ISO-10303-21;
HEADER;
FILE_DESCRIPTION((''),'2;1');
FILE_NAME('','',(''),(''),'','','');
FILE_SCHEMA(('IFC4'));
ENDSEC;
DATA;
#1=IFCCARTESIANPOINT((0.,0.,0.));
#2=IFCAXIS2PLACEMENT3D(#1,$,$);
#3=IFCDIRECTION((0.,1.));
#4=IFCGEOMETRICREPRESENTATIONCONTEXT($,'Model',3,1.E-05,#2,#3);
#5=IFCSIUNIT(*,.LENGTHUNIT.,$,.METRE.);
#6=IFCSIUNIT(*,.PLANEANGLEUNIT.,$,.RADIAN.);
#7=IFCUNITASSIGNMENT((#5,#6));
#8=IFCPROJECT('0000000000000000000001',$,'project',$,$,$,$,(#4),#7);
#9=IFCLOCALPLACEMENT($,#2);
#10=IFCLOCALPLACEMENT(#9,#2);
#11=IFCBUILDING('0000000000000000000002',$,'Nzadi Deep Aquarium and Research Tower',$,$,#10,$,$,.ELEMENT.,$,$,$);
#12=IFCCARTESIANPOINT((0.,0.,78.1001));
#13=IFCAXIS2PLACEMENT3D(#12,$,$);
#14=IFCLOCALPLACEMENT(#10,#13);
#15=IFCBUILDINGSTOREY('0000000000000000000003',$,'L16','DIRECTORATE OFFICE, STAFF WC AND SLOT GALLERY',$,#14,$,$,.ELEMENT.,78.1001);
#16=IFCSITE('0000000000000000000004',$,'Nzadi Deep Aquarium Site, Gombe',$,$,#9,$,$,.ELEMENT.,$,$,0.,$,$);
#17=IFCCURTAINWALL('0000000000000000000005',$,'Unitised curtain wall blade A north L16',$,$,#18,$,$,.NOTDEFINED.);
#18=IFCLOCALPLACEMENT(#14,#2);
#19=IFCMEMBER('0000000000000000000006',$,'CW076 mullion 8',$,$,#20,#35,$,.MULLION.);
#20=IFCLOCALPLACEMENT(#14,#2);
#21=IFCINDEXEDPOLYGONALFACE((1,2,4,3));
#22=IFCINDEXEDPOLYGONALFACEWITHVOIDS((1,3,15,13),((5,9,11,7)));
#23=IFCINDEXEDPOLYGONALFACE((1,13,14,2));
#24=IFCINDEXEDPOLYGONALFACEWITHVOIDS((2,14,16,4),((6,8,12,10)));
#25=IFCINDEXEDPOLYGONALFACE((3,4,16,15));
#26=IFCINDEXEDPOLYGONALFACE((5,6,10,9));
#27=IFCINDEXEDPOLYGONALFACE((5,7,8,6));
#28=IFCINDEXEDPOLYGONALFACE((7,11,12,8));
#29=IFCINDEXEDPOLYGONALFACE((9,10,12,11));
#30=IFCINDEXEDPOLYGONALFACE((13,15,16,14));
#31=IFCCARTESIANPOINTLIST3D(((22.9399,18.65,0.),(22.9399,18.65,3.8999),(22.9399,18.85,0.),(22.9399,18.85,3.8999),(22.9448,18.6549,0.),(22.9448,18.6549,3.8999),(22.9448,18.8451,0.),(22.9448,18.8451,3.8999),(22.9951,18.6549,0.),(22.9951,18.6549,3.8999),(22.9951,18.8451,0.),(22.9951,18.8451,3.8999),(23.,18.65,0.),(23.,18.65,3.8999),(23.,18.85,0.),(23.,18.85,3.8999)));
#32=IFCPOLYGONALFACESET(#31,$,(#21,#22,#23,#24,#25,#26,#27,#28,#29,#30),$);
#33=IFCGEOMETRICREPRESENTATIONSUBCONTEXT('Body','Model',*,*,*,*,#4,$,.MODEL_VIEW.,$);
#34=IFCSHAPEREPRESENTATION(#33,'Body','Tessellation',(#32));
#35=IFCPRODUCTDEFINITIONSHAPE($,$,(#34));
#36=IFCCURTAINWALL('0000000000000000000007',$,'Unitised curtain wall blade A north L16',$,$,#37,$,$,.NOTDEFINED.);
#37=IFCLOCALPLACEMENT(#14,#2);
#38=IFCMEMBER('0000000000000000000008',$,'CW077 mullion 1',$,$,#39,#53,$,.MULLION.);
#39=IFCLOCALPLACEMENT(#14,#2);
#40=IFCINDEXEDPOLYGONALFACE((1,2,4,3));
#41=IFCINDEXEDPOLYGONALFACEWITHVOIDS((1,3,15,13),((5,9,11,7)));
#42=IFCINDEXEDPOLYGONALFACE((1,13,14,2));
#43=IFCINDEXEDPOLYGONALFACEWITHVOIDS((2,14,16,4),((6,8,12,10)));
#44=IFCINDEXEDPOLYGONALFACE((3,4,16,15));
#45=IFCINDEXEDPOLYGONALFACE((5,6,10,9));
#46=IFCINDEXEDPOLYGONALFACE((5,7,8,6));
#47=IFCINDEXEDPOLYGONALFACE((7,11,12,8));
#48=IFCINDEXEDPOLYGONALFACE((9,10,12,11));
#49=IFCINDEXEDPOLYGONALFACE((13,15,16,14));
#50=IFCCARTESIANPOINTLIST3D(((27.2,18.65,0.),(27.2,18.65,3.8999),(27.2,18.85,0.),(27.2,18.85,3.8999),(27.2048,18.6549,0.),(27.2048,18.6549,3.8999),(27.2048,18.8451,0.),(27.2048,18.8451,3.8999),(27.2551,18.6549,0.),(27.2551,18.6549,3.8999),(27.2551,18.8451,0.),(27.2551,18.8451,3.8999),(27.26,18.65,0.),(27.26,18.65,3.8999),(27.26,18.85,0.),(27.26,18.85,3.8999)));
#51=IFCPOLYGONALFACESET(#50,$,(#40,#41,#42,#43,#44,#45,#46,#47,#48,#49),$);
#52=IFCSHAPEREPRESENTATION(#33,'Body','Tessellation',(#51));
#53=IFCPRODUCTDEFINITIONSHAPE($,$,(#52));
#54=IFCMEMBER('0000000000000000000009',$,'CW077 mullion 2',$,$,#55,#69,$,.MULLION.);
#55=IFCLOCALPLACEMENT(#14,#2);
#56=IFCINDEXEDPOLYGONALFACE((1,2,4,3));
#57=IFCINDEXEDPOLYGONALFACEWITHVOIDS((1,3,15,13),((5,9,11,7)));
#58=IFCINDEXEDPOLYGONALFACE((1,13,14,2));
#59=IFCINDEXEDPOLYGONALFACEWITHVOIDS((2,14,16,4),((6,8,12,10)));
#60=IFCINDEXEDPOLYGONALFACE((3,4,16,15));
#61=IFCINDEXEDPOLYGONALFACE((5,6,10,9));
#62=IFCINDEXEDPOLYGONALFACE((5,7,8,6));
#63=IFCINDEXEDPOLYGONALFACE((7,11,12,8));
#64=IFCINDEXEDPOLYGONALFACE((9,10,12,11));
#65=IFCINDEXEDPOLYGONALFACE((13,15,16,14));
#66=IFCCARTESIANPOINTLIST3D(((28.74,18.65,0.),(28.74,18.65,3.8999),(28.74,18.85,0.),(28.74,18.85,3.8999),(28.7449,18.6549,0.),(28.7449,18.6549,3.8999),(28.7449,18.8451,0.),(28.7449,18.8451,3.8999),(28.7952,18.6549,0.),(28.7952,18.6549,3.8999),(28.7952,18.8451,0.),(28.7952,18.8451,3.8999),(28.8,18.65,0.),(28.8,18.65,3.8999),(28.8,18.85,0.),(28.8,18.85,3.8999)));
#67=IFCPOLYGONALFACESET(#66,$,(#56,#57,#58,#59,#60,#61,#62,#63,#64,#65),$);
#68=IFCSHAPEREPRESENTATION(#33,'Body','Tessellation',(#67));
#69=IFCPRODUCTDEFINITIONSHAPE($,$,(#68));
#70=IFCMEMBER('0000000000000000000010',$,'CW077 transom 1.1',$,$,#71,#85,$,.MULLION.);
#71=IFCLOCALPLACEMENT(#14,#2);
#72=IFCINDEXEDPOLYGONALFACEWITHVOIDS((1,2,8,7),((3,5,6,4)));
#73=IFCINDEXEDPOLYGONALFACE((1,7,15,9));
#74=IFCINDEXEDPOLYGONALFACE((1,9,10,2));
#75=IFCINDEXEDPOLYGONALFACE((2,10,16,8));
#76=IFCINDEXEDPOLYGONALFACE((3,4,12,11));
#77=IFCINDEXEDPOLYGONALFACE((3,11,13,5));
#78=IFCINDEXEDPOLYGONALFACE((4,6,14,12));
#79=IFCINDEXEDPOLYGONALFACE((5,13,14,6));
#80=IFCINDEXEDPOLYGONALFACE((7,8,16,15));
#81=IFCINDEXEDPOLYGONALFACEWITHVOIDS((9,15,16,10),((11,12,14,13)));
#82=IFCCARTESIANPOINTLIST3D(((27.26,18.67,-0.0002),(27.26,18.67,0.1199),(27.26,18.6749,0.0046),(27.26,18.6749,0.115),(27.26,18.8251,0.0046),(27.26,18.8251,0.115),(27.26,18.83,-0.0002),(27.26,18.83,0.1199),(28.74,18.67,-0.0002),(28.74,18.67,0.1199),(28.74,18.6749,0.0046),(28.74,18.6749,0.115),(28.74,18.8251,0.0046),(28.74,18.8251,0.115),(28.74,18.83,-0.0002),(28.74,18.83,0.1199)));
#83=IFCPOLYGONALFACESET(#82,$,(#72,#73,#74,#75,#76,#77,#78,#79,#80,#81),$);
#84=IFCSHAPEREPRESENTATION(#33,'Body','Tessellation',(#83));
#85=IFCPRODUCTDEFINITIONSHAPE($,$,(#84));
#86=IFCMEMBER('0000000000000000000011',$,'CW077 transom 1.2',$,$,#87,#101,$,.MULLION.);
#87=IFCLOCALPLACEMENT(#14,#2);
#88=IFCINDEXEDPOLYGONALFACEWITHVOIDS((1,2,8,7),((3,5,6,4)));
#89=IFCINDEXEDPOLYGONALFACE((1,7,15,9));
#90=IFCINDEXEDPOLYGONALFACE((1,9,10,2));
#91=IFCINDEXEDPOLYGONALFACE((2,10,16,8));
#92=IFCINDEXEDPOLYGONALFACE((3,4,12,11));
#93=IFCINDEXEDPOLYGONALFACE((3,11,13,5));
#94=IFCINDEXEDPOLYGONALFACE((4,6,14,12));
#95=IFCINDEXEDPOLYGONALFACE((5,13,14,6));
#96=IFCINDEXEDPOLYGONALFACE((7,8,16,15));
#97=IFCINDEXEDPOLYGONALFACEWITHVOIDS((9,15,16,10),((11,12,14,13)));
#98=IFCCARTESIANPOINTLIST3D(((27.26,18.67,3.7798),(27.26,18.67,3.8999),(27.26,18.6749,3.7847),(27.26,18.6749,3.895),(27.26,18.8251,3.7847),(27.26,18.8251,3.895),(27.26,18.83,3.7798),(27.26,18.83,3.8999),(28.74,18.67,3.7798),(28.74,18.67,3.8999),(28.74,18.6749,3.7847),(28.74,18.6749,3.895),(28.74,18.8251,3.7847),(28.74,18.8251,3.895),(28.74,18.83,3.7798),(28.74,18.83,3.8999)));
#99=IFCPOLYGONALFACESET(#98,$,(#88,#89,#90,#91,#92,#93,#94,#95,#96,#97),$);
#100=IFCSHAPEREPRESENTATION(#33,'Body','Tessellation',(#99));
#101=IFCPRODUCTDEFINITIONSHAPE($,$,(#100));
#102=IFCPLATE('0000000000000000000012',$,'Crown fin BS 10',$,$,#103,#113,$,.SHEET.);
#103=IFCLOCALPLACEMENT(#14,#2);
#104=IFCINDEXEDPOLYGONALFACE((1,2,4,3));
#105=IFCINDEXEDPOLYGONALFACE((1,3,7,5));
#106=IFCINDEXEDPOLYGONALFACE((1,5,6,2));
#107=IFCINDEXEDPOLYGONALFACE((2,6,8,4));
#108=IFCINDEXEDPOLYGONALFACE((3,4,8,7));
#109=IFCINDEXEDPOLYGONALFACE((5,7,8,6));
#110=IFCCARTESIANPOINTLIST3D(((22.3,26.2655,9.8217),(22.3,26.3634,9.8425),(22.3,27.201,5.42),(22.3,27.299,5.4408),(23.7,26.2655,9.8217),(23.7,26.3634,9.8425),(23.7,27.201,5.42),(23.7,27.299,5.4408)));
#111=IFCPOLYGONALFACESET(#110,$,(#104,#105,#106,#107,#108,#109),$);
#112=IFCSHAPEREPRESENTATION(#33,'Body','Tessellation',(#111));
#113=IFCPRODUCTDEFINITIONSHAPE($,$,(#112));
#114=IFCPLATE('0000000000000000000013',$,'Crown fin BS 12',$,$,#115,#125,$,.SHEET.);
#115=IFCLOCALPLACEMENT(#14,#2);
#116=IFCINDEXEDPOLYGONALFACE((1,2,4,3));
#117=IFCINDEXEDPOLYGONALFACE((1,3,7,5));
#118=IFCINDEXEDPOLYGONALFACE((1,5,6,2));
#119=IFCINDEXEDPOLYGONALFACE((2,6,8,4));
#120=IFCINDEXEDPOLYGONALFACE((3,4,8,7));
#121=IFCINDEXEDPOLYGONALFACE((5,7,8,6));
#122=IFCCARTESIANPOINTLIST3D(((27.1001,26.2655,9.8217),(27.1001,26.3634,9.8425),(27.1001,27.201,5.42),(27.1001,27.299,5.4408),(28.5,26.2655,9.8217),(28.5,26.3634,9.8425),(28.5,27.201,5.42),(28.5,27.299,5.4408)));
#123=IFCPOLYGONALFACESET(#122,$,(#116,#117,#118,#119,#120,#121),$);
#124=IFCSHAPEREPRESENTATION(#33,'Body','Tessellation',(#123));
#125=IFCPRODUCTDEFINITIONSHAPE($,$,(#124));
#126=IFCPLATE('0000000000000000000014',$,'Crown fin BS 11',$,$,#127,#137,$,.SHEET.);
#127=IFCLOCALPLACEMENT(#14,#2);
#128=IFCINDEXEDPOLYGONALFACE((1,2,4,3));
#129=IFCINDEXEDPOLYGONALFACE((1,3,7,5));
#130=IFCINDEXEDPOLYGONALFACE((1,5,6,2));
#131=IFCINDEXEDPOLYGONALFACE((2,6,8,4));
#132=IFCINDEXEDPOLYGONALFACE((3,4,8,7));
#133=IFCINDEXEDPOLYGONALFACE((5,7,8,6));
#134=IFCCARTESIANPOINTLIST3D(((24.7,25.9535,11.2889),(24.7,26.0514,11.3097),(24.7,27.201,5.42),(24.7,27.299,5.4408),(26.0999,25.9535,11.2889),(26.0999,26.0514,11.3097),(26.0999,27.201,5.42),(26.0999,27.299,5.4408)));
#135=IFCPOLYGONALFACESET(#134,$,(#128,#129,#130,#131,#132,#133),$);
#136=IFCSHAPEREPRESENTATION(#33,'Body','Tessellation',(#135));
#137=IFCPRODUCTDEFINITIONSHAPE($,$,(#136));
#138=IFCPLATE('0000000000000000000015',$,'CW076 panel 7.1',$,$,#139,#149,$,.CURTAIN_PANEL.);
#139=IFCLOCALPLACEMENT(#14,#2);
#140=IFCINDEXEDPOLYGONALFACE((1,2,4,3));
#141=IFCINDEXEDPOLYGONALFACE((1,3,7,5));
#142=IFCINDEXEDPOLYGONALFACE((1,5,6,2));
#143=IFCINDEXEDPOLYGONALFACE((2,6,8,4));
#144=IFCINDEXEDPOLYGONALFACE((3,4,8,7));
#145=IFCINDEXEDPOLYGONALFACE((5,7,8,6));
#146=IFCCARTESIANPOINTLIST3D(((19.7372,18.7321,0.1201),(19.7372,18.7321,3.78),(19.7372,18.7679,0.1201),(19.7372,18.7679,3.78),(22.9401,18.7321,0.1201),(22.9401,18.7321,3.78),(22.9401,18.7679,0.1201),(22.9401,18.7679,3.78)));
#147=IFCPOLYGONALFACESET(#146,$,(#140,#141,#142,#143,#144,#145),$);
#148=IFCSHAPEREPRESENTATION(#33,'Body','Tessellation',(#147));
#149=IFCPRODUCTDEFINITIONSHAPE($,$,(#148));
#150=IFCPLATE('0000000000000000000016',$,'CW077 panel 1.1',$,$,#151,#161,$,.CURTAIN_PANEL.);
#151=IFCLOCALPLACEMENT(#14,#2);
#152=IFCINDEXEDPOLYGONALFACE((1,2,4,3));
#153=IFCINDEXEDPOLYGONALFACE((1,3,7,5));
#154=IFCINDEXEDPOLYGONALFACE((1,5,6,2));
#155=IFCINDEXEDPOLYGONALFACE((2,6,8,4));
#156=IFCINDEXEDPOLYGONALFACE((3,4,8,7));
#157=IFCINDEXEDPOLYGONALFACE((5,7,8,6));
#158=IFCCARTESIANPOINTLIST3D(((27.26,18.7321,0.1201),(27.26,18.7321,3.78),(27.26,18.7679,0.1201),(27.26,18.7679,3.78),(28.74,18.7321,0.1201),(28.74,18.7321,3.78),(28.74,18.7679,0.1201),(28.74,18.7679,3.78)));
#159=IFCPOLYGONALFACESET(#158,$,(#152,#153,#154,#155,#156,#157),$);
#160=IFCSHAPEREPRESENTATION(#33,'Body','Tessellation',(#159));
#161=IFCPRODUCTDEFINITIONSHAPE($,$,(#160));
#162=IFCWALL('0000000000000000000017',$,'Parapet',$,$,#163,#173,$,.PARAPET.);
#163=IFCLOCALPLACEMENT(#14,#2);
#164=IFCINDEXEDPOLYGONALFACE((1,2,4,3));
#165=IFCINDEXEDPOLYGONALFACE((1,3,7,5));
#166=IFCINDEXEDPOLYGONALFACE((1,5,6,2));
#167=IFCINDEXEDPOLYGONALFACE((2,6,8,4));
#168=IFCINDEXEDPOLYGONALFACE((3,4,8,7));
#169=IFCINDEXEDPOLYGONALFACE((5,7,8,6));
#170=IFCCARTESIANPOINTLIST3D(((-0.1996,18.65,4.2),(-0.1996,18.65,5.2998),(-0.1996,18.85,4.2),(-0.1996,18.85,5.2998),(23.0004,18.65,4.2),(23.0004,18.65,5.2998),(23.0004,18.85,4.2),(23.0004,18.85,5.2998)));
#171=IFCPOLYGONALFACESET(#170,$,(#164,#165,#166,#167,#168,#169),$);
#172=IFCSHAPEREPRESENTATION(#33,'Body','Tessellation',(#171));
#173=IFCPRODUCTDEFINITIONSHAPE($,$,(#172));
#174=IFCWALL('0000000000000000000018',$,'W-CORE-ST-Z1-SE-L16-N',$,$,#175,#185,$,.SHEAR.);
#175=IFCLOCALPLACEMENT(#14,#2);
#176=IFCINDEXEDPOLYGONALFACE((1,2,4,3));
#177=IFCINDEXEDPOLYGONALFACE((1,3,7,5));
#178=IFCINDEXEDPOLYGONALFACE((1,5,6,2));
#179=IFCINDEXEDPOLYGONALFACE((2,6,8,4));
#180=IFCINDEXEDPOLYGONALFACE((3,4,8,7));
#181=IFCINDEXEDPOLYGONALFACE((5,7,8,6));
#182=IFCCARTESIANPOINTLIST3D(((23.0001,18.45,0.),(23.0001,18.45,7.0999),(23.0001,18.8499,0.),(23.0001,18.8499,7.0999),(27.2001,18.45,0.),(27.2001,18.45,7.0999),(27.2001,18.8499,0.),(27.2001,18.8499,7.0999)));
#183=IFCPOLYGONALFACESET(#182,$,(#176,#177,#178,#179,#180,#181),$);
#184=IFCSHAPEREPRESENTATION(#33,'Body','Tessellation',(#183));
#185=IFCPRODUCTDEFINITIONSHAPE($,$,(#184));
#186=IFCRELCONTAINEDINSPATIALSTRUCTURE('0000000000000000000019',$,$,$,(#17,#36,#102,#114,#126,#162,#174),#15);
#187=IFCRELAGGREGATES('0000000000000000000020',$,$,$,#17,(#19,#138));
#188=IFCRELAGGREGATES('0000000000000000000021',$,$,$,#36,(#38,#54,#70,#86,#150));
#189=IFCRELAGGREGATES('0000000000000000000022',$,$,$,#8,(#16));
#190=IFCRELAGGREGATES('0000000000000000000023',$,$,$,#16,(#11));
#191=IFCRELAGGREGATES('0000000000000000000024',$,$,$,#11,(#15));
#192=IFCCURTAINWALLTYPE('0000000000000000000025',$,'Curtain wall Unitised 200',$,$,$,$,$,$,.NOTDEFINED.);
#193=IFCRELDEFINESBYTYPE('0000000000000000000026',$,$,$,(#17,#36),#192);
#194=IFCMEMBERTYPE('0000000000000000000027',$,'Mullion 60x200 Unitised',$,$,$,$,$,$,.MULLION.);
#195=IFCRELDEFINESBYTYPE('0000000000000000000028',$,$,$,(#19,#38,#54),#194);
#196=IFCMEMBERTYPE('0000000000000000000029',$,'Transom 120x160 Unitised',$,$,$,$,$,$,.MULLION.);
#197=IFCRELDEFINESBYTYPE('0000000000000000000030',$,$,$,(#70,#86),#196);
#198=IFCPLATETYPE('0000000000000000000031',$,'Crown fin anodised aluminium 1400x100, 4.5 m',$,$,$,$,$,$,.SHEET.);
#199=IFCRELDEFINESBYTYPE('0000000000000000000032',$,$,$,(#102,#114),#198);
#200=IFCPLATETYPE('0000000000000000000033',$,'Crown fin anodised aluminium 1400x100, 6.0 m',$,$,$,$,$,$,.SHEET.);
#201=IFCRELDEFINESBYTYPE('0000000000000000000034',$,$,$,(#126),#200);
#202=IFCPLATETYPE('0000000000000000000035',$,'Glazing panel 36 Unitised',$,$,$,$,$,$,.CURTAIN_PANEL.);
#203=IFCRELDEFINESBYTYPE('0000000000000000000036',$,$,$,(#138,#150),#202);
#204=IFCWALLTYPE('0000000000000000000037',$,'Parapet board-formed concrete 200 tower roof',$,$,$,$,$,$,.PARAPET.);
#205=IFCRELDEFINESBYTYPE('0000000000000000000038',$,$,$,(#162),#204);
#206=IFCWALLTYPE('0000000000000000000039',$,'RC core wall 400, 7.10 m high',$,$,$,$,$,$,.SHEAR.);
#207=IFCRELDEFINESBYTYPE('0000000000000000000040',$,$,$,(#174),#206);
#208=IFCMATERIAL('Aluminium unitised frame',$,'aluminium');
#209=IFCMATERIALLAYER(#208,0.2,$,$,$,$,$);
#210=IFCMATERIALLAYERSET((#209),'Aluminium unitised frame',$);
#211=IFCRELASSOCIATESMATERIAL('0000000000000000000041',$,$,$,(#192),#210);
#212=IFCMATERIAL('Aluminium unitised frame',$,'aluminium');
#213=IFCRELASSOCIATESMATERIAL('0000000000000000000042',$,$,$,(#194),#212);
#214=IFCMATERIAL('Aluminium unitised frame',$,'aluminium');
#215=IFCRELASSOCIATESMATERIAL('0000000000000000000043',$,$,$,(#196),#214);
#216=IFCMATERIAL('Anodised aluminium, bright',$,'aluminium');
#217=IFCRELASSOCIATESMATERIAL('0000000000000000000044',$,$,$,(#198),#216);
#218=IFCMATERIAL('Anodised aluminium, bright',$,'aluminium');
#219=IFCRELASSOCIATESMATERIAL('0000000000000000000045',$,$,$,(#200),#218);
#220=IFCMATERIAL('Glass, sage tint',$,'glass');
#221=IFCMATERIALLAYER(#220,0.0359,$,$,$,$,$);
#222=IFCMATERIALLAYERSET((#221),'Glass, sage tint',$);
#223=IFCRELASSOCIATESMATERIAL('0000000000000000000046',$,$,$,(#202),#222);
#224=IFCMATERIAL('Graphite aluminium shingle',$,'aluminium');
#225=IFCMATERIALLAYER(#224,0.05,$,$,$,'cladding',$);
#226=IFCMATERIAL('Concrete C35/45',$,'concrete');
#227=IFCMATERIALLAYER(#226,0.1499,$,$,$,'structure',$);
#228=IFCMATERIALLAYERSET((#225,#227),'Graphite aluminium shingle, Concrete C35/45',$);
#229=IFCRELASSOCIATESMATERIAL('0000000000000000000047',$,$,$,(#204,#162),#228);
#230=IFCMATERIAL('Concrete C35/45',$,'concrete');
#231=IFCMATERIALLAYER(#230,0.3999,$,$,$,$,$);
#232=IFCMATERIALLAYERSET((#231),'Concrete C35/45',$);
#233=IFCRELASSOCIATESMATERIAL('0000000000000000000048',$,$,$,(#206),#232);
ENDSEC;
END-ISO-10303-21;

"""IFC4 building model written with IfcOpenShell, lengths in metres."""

from ifc_helpers import new_model, si_unit, direction, frame, frame_2d, origin, origin_2d, place, context, subcontext, project, spatial, rectangle, hollow_rectangle, extrude, material, layer, layer_set, layer_usage, material_profile, profile_set, type_object, element, aggregate, save


model = new_model("IFC4")

# Units and contexts
model_context = context("Model", 3, precision=1e-05, world=origin(), true_north=direction((0.0, 1.0)))
body_context = subcontext(model_context, "Body", "Model", "MODEL_VIEW")
ifc_project = project(units=[si_unit("LENGTHUNIT", "METRE"), si_unit("PLANEANGLEUNIT", "RADIAN")], contexts=[model_context])

# Site, building, storey
site_placement = place(None, origin())
site = spatial("IfcSite", under=ifc_project, at=site_placement, Name="Nzadi Deep Aquarium Site, Gombe", CompositionType="ELEMENT", RefElevation=0.0)
building_placement = place(site_placement, origin())
building = spatial("IfcBuilding", under=site, at=building_placement, Name="Nzadi Deep Aquarium and Research Tower", CompositionType="ELEMENT")
storey_placement = place(building_placement, frame((0.0, 0.0, 78.1001)))
storey = spatial("IfcBuildingStorey", under=building, at=storey_placement, Name="L16", Description="DIRECTORATE OFFICE, STAFF WC AND SLOT GALLERY", CompositionType="ELEMENT", Elevation=78.1001)

# Curtain wall, member
ifc_material_1 = material(Name="Aluminium unitised frame", Category="aluminium")
ifc_layer_1 = layer(ifc_material_1, 0.2)
ifc_layer_set_1 = layer_set([ifc_layer_1], Name="Aluminium unitised frame")
curtain_wall_type = type_object("IfcCurtainWallType", Name="Curtain wall Unitised 200", PredefinedType="NOTDEFINED", material=ifc_layer_set_1)
curtain_wall_1_placement = place(storey_placement, origin())
curtain_wall_1 = element("IfcCurtainWall", 1, at=curtain_wall_1_placement, inside=storey, type_object=curtain_wall_type, Name="Unitised curtain wall blade A north L16", PredefinedType="NOTDEFINED")
ifc_material_2 = material(Name="Aluminium unitised frame", Category="aluminium")
ifc_material_profile_1 = material_profile(ifc_material_2, hollow_rectangle(XDim=0.2, YDim=0.0601, WallThickness=0.0049, at=origin_2d()))
ifc_profile_set_1 = profile_set([ifc_material_profile_1], Name="Aluminium unitised frame")
member_type_1 = type_object("IfcMemberType", Name="Mullion 60x200 Unitised", PredefinedType="MULLION", material=ifc_profile_set_1)
member_1_placement = place(storey_placement, frame((22.97, 18.75, 0.0), z_axis=(0.0, 0.0, 1.0), x_axis=(0.0, 1.0, 0.0)))
member_1 = element("IfcMember", 2, at=member_1_placement, type_object=member_type_1, Name="CW076 mullion 8", PredefinedType="MULLION", context=body_context, shape_type="SweptSolid", body=[
    extrude(hollow_rectangle(XDim=0.2, YDim=0.0601, WallThickness=0.0049, at=origin_2d()), origin(), (0.0, 0.0, 1.0), 3.8999),
])

# Curtain wall, members
curtain_wall_2_placement = place(storey_placement, origin())
curtain_wall_2 = element("IfcCurtainWall", 3, at=curtain_wall_2_placement, inside=storey, type_object=curtain_wall_type, Name="Unitised curtain wall blade A north L16", PredefinedType="NOTDEFINED")
member_2_placement = place(storey_placement, frame((27.23, 18.75, 0.0), z_axis=(0.0, 0.0, 1.0), x_axis=(0.0, 1.0, 0.0)))
member_2 = element("IfcMember", 4, at=member_2_placement, type_object=member_type_1, Name="CW077 mullion 1", PredefinedType="MULLION", context=body_context, shape_type="SweptSolid", body=[
    extrude(hollow_rectangle(XDim=0.2, YDim=0.0601, WallThickness=0.0049, at=origin_2d()), origin(), (0.0, 0.0, 1.0), 3.8999),
])
member_3_placement = place(storey_placement, frame((28.77, 18.75, 0.0), z_axis=(0.0, 0.0, 1.0), x_axis=(0.0, 1.0, 0.0)))
member_3 = element("IfcMember", 5, at=member_3_placement, type_object=member_type_1, Name="CW077 mullion 2", PredefinedType="MULLION", context=body_context, shape_type="SweptSolid", body=[
    extrude(hollow_rectangle(XDim=0.2, YDim=0.0601, WallThickness=0.0049, at=origin_2d()), origin(), (0.0, 0.0, 1.0), 3.8999),
])
ifc_material_3 = material(Name="Aluminium unitised frame", Category="aluminium")
ifc_material_profile_2 = material_profile(ifc_material_3, hollow_rectangle(XDim=0.1599, YDim=0.1201, WallThickness=0.0049, at=origin_2d()))
ifc_profile_set_2 = profile_set([ifc_material_profile_2], Name="Aluminium unitised frame")
member_type_2 = type_object("IfcMemberType", Name="Transom 120x160 Unitised", PredefinedType="MULLION", material=ifc_profile_set_2)
member_4_placement = place(storey_placement, frame((27.26, 18.75, 0.0598), z_axis=(1.0, 0.0, 0.0), x_axis=(0.0, 1.0, 0.0)))
member_4 = element("IfcMember", 6, at=member_4_placement, type_object=member_type_2, Name="CW077 transom 1.1", PredefinedType="MULLION", context=body_context, shape_type="SweptSolid", body=[
    extrude(hollow_rectangle(XDim=0.1599, YDim=0.1201, WallThickness=0.0049, at=origin_2d()), origin(), (0.0, 0.0, 1.0), 1.48),
])
member_5_placement = place(storey_placement, frame((27.26, 18.75, 3.8398), z_axis=(1.0, 0.0, 0.0), x_axis=(0.0, 1.0, 0.0)))
member_5 = element("IfcMember", 7, at=member_5_placement, type_object=member_type_2, Name="CW077 transom 1.2", PredefinedType="MULLION", context=body_context, shape_type="SweptSolid", body=[
    extrude(hollow_rectangle(XDim=0.1599, YDim=0.1201, WallThickness=0.0049, at=origin_2d()), origin(), (0.0, 0.0, 1.0), 1.48),
])

# Plates
ifc_material_4 = material(Name="Anodised aluminium, bright", Category="aluminium")
ifc_material_profile_3 = material_profile(ifc_material_4, rectangle(XDim=1.3999, YDim=0.1001, at=origin_2d()))
ifc_profile_set_3 = profile_set([ifc_material_profile_3], Name="Anodised aluminium, bright")
plate_type_1 = type_object("IfcPlateType", Name="Crown fin anodised aluminium 1400x100, 4.5 m", PredefinedType="SHEET", material=ifc_profile_set_3)
for number, where, z_axis, x_axis, name in (
    (8, (23.0, 27.25, 5.4304), (0.0, -0.207902, 0.97815), (1.0, 0.0, 0.0), "Crown fin BS 10"),
    (9, (27.8, 27.25, 5.4304), (0.0, -0.207902, 0.97815), (1.0, 0.0, 0.0), "Crown fin BS 12"),
):
    element("IfcPlate", number, at=place(storey_placement, frame(where, z_axis=z_axis, x_axis=x_axis)), inside=storey, type_object=plate_type_1, Name=name, PredefinedType="SHEET", context=body_context, shape_type="SweptSolid", body=[
        extrude(rectangle(XDim=1.3999, YDim=0.1001, at=origin_2d()), origin(), (0.0, 0.0, 1.0), 4.5),
    ])
ifc_material_5 = material(Name="Anodised aluminium, bright", Category="aluminium")
ifc_material_profile_4 = material_profile(ifc_material_5, rectangle(XDim=1.3999, YDim=0.1001, at=origin_2d()))
ifc_profile_set_4 = profile_set([ifc_material_profile_4], Name="Anodised aluminium, bright")
plate_type_2 = type_object("IfcPlateType", Name="Crown fin anodised aluminium 1400x100, 6.0 m", PredefinedType="SHEET", material=ifc_profile_set_4)
plate_1_placement = place(storey_placement, frame((25.3999, 27.25, 5.4304), z_axis=(0.0, -0.207925, 0.978145), x_axis=(1.0, 0.0, 0.0)))
element("IfcPlate", 10, at=plate_1_placement, inside=storey, type_object=plate_type_2, Name="Crown fin BS 11", PredefinedType="SHEET", context=body_context, shape_type="SweptSolid", body=[
    extrude(rectangle(XDim=1.3999, YDim=0.1001, at=origin_2d()), origin(), (0.0, 0.0, 1.0), 6.0),
])

# Plates
ifc_material_6 = material(Name="Glass, sage tint", Category="glass")
ifc_layer_2 = layer(ifc_material_6, 0.0359)
ifc_layer_set_2 = layer_set([ifc_layer_2], Name="Glass, sage tint")
plate_type_3 = type_object("IfcPlateType", Name="Glazing panel 36 Unitised", PredefinedType="CURTAIN_PANEL", material=ifc_layer_set_2)
plate_2_placement = place(storey_placement, frame((21.3386, 18.75, 0.1201), z_axis=(0.0, 0.0, 1.0), x_axis=(1.0, 0.0, 0.0)))
plate_2 = element("IfcPlate", 11, at=plate_2_placement, type_object=plate_type_3, Name="CW076 panel 7.1", PredefinedType="CURTAIN_PANEL", context=body_context, shape_type="SweptSolid", body=[
    extrude(rectangle(XDim=3.2029, YDim=0.0359, at=origin_2d()), origin(), (0.0, 0.0, 1.0), 3.6599),
])
aggregate(curtain_wall_1, [member_1, plate_2])
plate_3_placement = place(storey_placement, frame((28.0, 18.75, 0.1201), z_axis=(0.0, 0.0, 1.0), x_axis=(1.0, 0.0, 0.0)))
plate_3 = element("IfcPlate", 12, at=plate_3_placement, type_object=plate_type_3, Name="CW077 panel 1.1", PredefinedType="CURTAIN_PANEL", context=body_context, shape_type="SweptSolid", body=[
    extrude(rectangle(XDim=1.48, YDim=0.0359, at=origin_2d()), origin(), (0.0, 0.0, 1.0), 3.6599),
])
aggregate(curtain_wall_2, [member_2, member_3, member_4, member_5, plate_3])

# Walls
ifc_material_7 = material(Name="Graphite aluminium shingle", Category="aluminium")
ifc_layer_3 = layer(ifc_material_7, 0.05, Category="cladding")
ifc_material_8 = material(Name="Concrete C35/45", Category="concrete")
ifc_layer_4 = layer(ifc_material_8, 0.1499, Category="structure")
ifc_layer_set_3 = layer_set([ifc_layer_3, ifc_layer_4], Name="Graphite aluminium shingle, Concrete C35/45")
ifc_layer_usage = layer_usage(ifc_layer_set_3, "AXIS2", "POSITIVE", -0.1)
wall_type_1 = type_object("IfcWallType", Name="Parapet board-formed concrete 200 tower roof", PredefinedType="PARAPET", material=ifc_layer_set_3)
wall_1_placement = place(storey_placement, frame((23.0005, 18.75, 4.2), z_axis=(0.0, 0.0, 1.0), x_axis=(-1.0, 0.0, 0.0)))
element("IfcWall", 13, at=wall_1_placement, inside=storey, type_object=wall_type_1, material=ifc_layer_usage, Name="Parapet", PredefinedType="PARAPET", context=body_context, shape_type="SweptSolid", body=[
    extrude(rectangle(XDim=23.2, YDim=0.2, at=frame_2d((11.6001, 0.0))), origin(), (0.0, 0.0, 1.0), 1.0999),
])
ifc_material_9 = material(Name="Concrete C35/45", Category="concrete")
ifc_layer_5 = layer(ifc_material_9, 0.3999)
ifc_layer_set_4 = layer_set([ifc_layer_5], Name="Concrete C35/45")
wall_type_2 = type_object("IfcWallType", Name="RC core wall 400, 7.10 m high", PredefinedType="SHEAR", material=ifc_layer_set_4)
wall_2_placement = place(storey_placement, frame((23.0, 18.6499, 0.0), z_axis=(0.0, 0.0, 1.0), x_axis=(1.0, 0.0, 0.0)))
element("IfcWall", 14, at=wall_2_placement, inside=storey, type_object=wall_type_2, Name="W-CORE-ST-Z1-SE-L16-N", PredefinedType="SHEAR", context=body_context, shape_type="SweptSolid", body=[
    extrude(rectangle(XDim=4.2, YDim=0.3999, at=frame_2d((2.1001, 0.0))), origin(), (0.0, 0.0, 1.0), 7.0999),
])

save(model, "model.ifc")
